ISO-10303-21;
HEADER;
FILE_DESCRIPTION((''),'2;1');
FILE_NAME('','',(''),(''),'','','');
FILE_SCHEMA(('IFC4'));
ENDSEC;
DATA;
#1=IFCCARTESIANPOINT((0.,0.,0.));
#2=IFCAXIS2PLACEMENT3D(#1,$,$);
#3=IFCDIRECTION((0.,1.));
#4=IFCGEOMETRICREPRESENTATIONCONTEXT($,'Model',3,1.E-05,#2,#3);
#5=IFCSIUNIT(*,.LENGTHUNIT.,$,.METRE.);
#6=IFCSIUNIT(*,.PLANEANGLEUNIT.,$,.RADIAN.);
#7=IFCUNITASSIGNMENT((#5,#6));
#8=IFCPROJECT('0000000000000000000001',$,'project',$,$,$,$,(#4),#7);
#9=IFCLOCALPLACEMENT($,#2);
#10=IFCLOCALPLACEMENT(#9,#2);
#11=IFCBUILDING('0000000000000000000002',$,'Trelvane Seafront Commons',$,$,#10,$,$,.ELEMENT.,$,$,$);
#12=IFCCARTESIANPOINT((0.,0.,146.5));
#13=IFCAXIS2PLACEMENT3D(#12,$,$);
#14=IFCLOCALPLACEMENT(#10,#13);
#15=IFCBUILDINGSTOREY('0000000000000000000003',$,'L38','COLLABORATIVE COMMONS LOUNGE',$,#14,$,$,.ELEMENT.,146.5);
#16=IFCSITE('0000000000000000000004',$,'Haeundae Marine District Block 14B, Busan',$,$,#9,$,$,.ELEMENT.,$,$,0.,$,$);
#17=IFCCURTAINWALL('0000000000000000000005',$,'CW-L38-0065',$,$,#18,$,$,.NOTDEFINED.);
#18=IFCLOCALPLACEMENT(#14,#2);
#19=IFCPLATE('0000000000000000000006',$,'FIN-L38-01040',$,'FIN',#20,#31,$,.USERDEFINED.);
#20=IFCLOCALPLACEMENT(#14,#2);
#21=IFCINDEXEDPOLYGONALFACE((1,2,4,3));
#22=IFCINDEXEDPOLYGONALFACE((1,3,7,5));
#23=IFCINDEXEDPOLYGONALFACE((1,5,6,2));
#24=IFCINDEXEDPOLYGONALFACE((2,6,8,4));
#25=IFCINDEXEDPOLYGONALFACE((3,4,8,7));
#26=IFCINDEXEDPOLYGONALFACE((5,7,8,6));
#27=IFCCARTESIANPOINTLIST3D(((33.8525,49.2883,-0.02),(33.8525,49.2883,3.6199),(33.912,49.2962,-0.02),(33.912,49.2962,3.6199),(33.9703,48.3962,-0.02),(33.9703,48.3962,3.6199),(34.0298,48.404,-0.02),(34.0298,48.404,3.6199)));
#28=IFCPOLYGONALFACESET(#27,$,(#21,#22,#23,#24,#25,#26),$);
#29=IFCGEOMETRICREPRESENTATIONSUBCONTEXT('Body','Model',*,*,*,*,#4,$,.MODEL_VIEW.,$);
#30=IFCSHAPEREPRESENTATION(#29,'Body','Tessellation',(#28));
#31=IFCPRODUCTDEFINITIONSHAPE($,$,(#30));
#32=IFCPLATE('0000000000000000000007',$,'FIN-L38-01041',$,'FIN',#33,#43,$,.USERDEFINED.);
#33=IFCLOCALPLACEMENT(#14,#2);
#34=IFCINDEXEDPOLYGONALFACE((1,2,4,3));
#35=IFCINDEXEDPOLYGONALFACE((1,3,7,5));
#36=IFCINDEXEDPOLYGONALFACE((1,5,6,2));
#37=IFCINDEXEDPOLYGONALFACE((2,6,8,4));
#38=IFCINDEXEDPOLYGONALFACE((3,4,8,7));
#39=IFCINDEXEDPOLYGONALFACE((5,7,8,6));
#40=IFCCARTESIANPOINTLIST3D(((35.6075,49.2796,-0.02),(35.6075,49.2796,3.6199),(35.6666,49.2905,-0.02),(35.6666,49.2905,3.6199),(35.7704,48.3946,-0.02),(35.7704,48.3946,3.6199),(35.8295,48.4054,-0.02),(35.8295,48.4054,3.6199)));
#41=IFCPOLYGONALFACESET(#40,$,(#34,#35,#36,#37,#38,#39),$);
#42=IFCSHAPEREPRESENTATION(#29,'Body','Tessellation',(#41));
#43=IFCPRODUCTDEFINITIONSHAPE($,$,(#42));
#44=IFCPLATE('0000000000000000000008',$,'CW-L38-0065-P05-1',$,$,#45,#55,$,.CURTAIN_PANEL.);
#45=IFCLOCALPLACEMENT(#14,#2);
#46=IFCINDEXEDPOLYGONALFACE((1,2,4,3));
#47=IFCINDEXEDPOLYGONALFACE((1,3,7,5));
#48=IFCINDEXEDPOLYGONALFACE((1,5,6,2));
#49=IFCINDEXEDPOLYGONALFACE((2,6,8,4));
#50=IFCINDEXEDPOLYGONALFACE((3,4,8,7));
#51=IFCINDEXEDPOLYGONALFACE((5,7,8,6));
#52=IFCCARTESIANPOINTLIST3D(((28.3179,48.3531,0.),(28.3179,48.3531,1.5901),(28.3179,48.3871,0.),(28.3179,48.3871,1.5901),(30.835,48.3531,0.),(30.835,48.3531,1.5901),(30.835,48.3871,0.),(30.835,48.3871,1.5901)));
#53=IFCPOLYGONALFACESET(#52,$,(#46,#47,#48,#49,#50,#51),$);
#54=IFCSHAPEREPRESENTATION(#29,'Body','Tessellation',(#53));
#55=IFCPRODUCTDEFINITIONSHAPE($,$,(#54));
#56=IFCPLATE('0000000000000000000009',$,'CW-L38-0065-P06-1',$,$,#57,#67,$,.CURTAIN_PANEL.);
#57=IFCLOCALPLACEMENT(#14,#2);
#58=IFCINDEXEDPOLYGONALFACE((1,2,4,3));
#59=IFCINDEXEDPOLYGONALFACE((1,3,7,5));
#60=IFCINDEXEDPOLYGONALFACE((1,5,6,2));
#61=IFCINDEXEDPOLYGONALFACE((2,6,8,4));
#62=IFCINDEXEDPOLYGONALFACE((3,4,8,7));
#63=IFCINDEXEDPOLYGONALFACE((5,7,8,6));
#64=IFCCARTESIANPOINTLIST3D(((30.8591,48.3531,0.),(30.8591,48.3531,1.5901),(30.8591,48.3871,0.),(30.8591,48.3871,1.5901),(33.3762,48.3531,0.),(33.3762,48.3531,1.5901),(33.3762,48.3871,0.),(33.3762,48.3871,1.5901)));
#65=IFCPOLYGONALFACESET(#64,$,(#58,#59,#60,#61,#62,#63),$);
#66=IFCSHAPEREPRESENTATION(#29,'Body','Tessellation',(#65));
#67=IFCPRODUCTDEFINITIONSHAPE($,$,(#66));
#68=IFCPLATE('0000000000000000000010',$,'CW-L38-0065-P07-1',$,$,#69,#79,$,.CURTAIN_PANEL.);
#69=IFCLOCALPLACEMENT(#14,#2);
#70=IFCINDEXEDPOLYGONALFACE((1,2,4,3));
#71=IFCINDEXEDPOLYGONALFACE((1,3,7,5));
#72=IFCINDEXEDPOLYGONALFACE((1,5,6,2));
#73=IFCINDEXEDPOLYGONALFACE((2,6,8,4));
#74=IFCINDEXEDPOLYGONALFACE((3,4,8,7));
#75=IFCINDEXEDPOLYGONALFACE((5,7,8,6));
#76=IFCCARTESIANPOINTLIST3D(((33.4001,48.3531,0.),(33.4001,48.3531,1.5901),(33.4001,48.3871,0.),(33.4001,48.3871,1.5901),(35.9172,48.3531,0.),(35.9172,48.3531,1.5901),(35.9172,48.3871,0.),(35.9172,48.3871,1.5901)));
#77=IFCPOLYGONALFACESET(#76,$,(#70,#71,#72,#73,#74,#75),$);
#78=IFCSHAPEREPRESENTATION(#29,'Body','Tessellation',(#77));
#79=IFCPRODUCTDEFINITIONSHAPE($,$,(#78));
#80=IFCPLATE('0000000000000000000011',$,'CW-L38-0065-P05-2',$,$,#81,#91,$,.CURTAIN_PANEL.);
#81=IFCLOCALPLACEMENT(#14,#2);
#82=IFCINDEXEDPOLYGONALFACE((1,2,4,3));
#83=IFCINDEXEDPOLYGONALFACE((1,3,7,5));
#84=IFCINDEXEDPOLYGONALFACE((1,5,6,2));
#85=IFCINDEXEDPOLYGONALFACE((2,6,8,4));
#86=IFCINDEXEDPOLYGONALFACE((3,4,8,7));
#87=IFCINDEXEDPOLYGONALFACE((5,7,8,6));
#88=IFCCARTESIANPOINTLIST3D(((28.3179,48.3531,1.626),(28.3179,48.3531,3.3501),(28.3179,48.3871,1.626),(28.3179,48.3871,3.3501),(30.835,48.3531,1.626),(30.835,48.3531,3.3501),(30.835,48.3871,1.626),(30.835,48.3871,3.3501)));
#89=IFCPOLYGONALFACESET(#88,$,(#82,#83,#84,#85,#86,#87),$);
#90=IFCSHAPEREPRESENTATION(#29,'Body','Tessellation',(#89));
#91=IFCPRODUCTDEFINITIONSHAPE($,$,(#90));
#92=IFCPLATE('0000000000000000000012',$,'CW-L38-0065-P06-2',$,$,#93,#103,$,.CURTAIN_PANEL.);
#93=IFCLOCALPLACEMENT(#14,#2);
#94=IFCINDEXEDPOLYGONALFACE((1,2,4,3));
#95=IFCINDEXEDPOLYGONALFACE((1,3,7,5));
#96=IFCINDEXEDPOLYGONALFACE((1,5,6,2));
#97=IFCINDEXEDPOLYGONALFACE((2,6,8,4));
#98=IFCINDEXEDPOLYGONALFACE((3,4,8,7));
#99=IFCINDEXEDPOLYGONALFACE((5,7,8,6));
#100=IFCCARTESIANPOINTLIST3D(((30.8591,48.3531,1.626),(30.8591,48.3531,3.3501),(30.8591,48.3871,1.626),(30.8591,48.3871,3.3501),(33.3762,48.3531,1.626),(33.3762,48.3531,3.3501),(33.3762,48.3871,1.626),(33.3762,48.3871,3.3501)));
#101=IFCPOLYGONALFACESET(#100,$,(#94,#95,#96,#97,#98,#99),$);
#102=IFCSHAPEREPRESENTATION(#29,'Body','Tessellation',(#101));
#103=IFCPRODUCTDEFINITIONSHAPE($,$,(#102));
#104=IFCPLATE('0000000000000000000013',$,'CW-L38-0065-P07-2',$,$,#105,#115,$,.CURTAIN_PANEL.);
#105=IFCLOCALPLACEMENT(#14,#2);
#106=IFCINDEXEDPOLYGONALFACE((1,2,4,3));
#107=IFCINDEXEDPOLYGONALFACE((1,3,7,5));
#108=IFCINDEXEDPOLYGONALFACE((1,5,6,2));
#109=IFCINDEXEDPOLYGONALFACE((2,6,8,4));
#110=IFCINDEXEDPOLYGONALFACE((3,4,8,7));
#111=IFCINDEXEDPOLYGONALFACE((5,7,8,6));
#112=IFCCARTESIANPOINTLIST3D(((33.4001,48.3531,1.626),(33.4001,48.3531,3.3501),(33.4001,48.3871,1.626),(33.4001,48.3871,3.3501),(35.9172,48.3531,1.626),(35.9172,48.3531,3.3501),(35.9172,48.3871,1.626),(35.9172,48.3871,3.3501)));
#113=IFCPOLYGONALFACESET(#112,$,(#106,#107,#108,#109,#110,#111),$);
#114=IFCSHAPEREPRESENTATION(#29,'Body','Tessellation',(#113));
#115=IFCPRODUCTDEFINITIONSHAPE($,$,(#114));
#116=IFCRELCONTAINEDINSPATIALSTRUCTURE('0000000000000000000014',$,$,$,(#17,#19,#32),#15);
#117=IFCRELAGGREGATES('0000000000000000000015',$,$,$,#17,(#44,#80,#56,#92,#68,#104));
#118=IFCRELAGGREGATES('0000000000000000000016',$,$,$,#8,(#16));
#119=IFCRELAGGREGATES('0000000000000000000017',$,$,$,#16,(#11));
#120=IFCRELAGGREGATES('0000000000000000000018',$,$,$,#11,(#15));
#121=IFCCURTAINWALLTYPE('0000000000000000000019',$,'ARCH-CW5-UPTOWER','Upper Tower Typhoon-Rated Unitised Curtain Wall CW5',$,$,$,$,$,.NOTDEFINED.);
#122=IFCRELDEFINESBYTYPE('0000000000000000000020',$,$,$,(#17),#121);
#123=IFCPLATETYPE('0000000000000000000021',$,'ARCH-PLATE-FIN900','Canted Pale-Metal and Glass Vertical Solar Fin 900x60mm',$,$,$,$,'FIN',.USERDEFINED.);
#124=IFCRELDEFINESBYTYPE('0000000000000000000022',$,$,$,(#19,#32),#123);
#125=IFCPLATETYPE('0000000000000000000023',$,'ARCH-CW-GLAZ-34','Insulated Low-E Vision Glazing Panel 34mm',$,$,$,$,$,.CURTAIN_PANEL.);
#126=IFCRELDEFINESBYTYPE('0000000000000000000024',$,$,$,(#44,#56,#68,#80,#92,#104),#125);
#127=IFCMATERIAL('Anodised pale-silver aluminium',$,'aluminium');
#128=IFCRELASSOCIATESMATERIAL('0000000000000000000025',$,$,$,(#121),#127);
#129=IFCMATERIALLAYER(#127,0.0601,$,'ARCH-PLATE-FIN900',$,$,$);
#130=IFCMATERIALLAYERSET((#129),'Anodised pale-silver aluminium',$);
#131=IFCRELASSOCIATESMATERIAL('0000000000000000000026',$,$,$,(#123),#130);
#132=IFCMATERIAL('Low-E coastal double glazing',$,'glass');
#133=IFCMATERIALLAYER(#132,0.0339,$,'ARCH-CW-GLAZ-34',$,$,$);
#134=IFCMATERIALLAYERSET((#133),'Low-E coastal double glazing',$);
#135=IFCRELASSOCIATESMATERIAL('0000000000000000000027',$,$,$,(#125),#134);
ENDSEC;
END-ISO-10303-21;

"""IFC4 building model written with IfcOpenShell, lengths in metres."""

from ifc_helpers import new_model, si_unit, direction, frame, origin, origin_2d, place, context, subcontext, project, spatial, rectangle, extrude, source, transform, mapped, material, layer, layer_set, type_object, element, aggregate, save


model = new_model("IFC4")

# Units and contexts
model_context = context("Model", 3, precision=1e-05, world=origin(), true_north=direction((0.0, 1.0)))
body_context = subcontext(model_context, "Body", "Model", "MODEL_VIEW")
ifc_project = project(units=[si_unit("LENGTHUNIT", "METRE"), si_unit("PLANEANGLEUNIT", "RADIAN")], contexts=[model_context])

# Site, building, storey
site_placement = place(None, origin())
site = spatial("IfcSite", under=ifc_project, at=site_placement, Name="Haeundae Marine District Block 14B, Busan", CompositionType="ELEMENT", RefElevation=0.0)
building_placement = place(site_placement, origin())
building = spatial("IfcBuilding", under=site, at=building_placement, Name="Trelvane Seafront Commons", CompositionType="ELEMENT")
storey_placement = place(building_placement, frame((0.0, 0.0, 146.5)))
storey = spatial("IfcBuildingStorey", under=building, at=storey_placement, Name="L38", Description="COLLABORATIVE COMMONS LOUNGE", CompositionType="ELEMENT", Elevation=146.5)

# Curtain wall
ifc_material_1 = material(Name="Anodised pale-silver aluminium", Category="aluminium")
curtain_wall_type = type_object("IfcCurtainWallType", Name="ARCH-CW5-UPTOWER", Description="Upper Tower Typhoon-Rated Unitised Curtain Wall CW5", PredefinedType="NOTDEFINED", material=ifc_material_1)
curtain_wall_placement = place(storey_placement, origin())
curtain_wall = element("IfcCurtainWall", 1, at=curtain_wall_placement, inside=storey, type_object=curtain_wall_type, Name="CW-L38-0065", PredefinedType="NOTDEFINED")

# Plates
ifc_layer_1 = layer(ifc_material_1, 0.0601, Name="ARCH-PLATE-FIN900")
ifc_layer_set_1 = layer_set([ifc_layer_1], Name="Anodised pale-silver aluminium")
plate_type_1 = type_object("IfcPlateType", Name="ARCH-PLATE-FIN900", Description="Canted Pale-Metal and Glass Vertical Solar Fin 900x60mm", ElementType="FIN", PredefinedType="USERDEFINED", material=ifc_layer_set_1)
shared_shape_1 = source(origin(), body_context, "Body", "SweptSolid", [
    extrude(rectangle(XDim=0.8999, YDim=0.0601, at=origin_2d()), origin(), (0.0, 0.0, 1.0), 3.6399),
])
for number, where, z_axis, x_axis, name in (
    (2, (33.9412, 48.8462, -0.02), (0.0, 0.0, 1.0), (-0.130883, 0.991398, 0.0), "FIN-L38-01040"),
    (3, (35.7185, 48.8425, -0.02), (0.0, 0.0, 1.0), (-0.181007, 0.983482, 0.0), "FIN-L38-01041"),
):
    element("IfcPlate", number, at=place(storey_placement, frame(where, z_axis=z_axis, x_axis=x_axis)), inside=storey, type_object=plate_type_1, Name=name, ObjectType="FIN", PredefinedType="USERDEFINED", context=body_context, shape_type="MappedRepresentation", body=[
        mapped(shared_shape_1, transform((0.0, 0.0, 0.0), x_axis=(1.0, 0.0, 0.0), y_axis=(0.0, 1.0, 0.0), z_axis=(0.0, 0.0, 1.0), scale=1.0)),
    ])

# Plates
ifc_material_2 = material(Name="Low-E coastal double glazing", Category="glass")
ifc_layer_2 = layer(ifc_material_2, 0.0339, Name="ARCH-CW-GLAZ-34")
ifc_layer_set_2 = layer_set([ifc_layer_2], Name="Low-E coastal double glazing")
plate_type_2 = type_object("IfcPlateType", Name="ARCH-CW-GLAZ-34", Description="Insulated Low-E Vision Glazing Panel 34mm", PredefinedType="CURTAIN_PANEL", material=ifc_layer_set_2)
shared_shape_2 = source(origin(), body_context, "Body", "SweptSolid", [
    extrude(rectangle(XDim=2.5171, YDim=0.0339, at=origin_2d()), origin(), (0.0, 0.0, 1.0), 1.5901),
])
plate_1_placement = place(storey_placement, frame((29.5764, 48.3701, 0.0), z_axis=(0.0, 0.0, 1.0), x_axis=(1.0, 0.0, 0.0)))
plate_1 = element("IfcPlate", 4, at=plate_1_placement, type_object=plate_type_2, Name="CW-L38-0065-P05-1", PredefinedType="CURTAIN_PANEL", context=body_context, shape_type="MappedRepresentation", body=[
    mapped(shared_shape_2, transform((0.0, 0.0, 0.0), x_axis=(1.0, 0.0, 0.0), y_axis=(0.0, 1.0, 0.0), z_axis=(0.0, 0.0, 1.0), scale=1.0)),
])
plate_2_placement = place(storey_placement, frame((32.1177, 48.3701, 0.0), z_axis=(0.0, 0.0, 1.0), x_axis=(1.0, 0.0, 0.0)))
plate_2 = element("IfcPlate", 5, at=plate_2_placement, type_object=plate_type_2, Name="CW-L38-0065-P06-1", PredefinedType="CURTAIN_PANEL", context=body_context, shape_type="MappedRepresentation", body=[
    mapped(shared_shape_2, transform((0.0, 0.0, 0.0), x_axis=(1.0, 0.0, 0.0), y_axis=(0.0, 1.0, 0.0), z_axis=(0.0, 0.0, 1.0), scale=1.0)),
])
plate_3_placement = place(storey_placement, frame((34.6587, 48.3701, 0.0), z_axis=(0.0, 0.0, 1.0), x_axis=(1.0, 0.0, 0.0)))
plate_3 = element("IfcPlate", 6, at=plate_3_placement, type_object=plate_type_2, Name="CW-L38-0065-P07-1", PredefinedType="CURTAIN_PANEL", context=body_context, shape_type="MappedRepresentation", body=[
    mapped(shared_shape_2, transform((0.0, 0.0, 0.0), x_axis=(1.0, 0.0, 0.0), y_axis=(0.0, 1.0, 0.0), z_axis=(0.0, 0.0, 1.0), scale=1.0)),
])
shared_shape_3 = source(origin(), body_context, "Body", "SweptSolid", [
    extrude(rectangle(XDim=2.5171, YDim=0.0339, at=origin_2d()), origin(), (0.0, 0.0, 1.0), 1.7241),
])
plate_4_placement = place(storey_placement, frame((29.5764, 48.3701, 1.626), z_axis=(0.0, 0.0, 1.0), x_axis=(1.0, 0.0, 0.0)))
plate_4 = element("IfcPlate", 7, at=plate_4_placement, type_object=plate_type_2, Name="CW-L38-0065-P05-2", PredefinedType="CURTAIN_PANEL", context=body_context, shape_type="MappedRepresentation", body=[
    mapped(shared_shape_3, transform((0.0, 0.0, 0.0), x_axis=(1.0, 0.0, 0.0), y_axis=(0.0, 1.0, 0.0), z_axis=(0.0, 0.0, 1.0), scale=1.0)),
])
plate_5_placement = place(storey_placement, frame((32.1177, 48.3701, 1.626), z_axis=(0.0, 0.0, 1.0), x_axis=(1.0, 0.0, 0.0)))
plate_5 = element("IfcPlate", 8, at=plate_5_placement, type_object=plate_type_2, Name="CW-L38-0065-P06-2", PredefinedType="CURTAIN_PANEL", context=body_context, shape_type="MappedRepresentation", body=[
    mapped(shared_shape_3, transform((0.0, 0.0, 0.0), x_axis=(1.0, 0.0, 0.0), y_axis=(0.0, 1.0, 0.0), z_axis=(0.0, 0.0, 1.0), scale=1.0)),
])
plate_6_placement = place(storey_placement, frame((34.6587, 48.3701, 1.626), z_axis=(0.0, 0.0, 1.0), x_axis=(1.0, 0.0, 0.0)))
plate_6 = element("IfcPlate", 9, at=plate_6_placement, type_object=plate_type_2, Name="CW-L38-0065-P07-2", PredefinedType="CURTAIN_PANEL", context=body_context, shape_type="MappedRepresentation", body=[
    mapped(shared_shape_3, transform((0.0, 0.0, 0.0), x_axis=(1.0, 0.0, 0.0), y_axis=(0.0, 1.0, 0.0), z_axis=(0.0, 0.0, 1.0), scale=1.0)),
])
aggregate(curtain_wall, [plate_1, plate_4, plate_2, plate_5, plate_3, plate_6])

save(model, "model.ifc")
